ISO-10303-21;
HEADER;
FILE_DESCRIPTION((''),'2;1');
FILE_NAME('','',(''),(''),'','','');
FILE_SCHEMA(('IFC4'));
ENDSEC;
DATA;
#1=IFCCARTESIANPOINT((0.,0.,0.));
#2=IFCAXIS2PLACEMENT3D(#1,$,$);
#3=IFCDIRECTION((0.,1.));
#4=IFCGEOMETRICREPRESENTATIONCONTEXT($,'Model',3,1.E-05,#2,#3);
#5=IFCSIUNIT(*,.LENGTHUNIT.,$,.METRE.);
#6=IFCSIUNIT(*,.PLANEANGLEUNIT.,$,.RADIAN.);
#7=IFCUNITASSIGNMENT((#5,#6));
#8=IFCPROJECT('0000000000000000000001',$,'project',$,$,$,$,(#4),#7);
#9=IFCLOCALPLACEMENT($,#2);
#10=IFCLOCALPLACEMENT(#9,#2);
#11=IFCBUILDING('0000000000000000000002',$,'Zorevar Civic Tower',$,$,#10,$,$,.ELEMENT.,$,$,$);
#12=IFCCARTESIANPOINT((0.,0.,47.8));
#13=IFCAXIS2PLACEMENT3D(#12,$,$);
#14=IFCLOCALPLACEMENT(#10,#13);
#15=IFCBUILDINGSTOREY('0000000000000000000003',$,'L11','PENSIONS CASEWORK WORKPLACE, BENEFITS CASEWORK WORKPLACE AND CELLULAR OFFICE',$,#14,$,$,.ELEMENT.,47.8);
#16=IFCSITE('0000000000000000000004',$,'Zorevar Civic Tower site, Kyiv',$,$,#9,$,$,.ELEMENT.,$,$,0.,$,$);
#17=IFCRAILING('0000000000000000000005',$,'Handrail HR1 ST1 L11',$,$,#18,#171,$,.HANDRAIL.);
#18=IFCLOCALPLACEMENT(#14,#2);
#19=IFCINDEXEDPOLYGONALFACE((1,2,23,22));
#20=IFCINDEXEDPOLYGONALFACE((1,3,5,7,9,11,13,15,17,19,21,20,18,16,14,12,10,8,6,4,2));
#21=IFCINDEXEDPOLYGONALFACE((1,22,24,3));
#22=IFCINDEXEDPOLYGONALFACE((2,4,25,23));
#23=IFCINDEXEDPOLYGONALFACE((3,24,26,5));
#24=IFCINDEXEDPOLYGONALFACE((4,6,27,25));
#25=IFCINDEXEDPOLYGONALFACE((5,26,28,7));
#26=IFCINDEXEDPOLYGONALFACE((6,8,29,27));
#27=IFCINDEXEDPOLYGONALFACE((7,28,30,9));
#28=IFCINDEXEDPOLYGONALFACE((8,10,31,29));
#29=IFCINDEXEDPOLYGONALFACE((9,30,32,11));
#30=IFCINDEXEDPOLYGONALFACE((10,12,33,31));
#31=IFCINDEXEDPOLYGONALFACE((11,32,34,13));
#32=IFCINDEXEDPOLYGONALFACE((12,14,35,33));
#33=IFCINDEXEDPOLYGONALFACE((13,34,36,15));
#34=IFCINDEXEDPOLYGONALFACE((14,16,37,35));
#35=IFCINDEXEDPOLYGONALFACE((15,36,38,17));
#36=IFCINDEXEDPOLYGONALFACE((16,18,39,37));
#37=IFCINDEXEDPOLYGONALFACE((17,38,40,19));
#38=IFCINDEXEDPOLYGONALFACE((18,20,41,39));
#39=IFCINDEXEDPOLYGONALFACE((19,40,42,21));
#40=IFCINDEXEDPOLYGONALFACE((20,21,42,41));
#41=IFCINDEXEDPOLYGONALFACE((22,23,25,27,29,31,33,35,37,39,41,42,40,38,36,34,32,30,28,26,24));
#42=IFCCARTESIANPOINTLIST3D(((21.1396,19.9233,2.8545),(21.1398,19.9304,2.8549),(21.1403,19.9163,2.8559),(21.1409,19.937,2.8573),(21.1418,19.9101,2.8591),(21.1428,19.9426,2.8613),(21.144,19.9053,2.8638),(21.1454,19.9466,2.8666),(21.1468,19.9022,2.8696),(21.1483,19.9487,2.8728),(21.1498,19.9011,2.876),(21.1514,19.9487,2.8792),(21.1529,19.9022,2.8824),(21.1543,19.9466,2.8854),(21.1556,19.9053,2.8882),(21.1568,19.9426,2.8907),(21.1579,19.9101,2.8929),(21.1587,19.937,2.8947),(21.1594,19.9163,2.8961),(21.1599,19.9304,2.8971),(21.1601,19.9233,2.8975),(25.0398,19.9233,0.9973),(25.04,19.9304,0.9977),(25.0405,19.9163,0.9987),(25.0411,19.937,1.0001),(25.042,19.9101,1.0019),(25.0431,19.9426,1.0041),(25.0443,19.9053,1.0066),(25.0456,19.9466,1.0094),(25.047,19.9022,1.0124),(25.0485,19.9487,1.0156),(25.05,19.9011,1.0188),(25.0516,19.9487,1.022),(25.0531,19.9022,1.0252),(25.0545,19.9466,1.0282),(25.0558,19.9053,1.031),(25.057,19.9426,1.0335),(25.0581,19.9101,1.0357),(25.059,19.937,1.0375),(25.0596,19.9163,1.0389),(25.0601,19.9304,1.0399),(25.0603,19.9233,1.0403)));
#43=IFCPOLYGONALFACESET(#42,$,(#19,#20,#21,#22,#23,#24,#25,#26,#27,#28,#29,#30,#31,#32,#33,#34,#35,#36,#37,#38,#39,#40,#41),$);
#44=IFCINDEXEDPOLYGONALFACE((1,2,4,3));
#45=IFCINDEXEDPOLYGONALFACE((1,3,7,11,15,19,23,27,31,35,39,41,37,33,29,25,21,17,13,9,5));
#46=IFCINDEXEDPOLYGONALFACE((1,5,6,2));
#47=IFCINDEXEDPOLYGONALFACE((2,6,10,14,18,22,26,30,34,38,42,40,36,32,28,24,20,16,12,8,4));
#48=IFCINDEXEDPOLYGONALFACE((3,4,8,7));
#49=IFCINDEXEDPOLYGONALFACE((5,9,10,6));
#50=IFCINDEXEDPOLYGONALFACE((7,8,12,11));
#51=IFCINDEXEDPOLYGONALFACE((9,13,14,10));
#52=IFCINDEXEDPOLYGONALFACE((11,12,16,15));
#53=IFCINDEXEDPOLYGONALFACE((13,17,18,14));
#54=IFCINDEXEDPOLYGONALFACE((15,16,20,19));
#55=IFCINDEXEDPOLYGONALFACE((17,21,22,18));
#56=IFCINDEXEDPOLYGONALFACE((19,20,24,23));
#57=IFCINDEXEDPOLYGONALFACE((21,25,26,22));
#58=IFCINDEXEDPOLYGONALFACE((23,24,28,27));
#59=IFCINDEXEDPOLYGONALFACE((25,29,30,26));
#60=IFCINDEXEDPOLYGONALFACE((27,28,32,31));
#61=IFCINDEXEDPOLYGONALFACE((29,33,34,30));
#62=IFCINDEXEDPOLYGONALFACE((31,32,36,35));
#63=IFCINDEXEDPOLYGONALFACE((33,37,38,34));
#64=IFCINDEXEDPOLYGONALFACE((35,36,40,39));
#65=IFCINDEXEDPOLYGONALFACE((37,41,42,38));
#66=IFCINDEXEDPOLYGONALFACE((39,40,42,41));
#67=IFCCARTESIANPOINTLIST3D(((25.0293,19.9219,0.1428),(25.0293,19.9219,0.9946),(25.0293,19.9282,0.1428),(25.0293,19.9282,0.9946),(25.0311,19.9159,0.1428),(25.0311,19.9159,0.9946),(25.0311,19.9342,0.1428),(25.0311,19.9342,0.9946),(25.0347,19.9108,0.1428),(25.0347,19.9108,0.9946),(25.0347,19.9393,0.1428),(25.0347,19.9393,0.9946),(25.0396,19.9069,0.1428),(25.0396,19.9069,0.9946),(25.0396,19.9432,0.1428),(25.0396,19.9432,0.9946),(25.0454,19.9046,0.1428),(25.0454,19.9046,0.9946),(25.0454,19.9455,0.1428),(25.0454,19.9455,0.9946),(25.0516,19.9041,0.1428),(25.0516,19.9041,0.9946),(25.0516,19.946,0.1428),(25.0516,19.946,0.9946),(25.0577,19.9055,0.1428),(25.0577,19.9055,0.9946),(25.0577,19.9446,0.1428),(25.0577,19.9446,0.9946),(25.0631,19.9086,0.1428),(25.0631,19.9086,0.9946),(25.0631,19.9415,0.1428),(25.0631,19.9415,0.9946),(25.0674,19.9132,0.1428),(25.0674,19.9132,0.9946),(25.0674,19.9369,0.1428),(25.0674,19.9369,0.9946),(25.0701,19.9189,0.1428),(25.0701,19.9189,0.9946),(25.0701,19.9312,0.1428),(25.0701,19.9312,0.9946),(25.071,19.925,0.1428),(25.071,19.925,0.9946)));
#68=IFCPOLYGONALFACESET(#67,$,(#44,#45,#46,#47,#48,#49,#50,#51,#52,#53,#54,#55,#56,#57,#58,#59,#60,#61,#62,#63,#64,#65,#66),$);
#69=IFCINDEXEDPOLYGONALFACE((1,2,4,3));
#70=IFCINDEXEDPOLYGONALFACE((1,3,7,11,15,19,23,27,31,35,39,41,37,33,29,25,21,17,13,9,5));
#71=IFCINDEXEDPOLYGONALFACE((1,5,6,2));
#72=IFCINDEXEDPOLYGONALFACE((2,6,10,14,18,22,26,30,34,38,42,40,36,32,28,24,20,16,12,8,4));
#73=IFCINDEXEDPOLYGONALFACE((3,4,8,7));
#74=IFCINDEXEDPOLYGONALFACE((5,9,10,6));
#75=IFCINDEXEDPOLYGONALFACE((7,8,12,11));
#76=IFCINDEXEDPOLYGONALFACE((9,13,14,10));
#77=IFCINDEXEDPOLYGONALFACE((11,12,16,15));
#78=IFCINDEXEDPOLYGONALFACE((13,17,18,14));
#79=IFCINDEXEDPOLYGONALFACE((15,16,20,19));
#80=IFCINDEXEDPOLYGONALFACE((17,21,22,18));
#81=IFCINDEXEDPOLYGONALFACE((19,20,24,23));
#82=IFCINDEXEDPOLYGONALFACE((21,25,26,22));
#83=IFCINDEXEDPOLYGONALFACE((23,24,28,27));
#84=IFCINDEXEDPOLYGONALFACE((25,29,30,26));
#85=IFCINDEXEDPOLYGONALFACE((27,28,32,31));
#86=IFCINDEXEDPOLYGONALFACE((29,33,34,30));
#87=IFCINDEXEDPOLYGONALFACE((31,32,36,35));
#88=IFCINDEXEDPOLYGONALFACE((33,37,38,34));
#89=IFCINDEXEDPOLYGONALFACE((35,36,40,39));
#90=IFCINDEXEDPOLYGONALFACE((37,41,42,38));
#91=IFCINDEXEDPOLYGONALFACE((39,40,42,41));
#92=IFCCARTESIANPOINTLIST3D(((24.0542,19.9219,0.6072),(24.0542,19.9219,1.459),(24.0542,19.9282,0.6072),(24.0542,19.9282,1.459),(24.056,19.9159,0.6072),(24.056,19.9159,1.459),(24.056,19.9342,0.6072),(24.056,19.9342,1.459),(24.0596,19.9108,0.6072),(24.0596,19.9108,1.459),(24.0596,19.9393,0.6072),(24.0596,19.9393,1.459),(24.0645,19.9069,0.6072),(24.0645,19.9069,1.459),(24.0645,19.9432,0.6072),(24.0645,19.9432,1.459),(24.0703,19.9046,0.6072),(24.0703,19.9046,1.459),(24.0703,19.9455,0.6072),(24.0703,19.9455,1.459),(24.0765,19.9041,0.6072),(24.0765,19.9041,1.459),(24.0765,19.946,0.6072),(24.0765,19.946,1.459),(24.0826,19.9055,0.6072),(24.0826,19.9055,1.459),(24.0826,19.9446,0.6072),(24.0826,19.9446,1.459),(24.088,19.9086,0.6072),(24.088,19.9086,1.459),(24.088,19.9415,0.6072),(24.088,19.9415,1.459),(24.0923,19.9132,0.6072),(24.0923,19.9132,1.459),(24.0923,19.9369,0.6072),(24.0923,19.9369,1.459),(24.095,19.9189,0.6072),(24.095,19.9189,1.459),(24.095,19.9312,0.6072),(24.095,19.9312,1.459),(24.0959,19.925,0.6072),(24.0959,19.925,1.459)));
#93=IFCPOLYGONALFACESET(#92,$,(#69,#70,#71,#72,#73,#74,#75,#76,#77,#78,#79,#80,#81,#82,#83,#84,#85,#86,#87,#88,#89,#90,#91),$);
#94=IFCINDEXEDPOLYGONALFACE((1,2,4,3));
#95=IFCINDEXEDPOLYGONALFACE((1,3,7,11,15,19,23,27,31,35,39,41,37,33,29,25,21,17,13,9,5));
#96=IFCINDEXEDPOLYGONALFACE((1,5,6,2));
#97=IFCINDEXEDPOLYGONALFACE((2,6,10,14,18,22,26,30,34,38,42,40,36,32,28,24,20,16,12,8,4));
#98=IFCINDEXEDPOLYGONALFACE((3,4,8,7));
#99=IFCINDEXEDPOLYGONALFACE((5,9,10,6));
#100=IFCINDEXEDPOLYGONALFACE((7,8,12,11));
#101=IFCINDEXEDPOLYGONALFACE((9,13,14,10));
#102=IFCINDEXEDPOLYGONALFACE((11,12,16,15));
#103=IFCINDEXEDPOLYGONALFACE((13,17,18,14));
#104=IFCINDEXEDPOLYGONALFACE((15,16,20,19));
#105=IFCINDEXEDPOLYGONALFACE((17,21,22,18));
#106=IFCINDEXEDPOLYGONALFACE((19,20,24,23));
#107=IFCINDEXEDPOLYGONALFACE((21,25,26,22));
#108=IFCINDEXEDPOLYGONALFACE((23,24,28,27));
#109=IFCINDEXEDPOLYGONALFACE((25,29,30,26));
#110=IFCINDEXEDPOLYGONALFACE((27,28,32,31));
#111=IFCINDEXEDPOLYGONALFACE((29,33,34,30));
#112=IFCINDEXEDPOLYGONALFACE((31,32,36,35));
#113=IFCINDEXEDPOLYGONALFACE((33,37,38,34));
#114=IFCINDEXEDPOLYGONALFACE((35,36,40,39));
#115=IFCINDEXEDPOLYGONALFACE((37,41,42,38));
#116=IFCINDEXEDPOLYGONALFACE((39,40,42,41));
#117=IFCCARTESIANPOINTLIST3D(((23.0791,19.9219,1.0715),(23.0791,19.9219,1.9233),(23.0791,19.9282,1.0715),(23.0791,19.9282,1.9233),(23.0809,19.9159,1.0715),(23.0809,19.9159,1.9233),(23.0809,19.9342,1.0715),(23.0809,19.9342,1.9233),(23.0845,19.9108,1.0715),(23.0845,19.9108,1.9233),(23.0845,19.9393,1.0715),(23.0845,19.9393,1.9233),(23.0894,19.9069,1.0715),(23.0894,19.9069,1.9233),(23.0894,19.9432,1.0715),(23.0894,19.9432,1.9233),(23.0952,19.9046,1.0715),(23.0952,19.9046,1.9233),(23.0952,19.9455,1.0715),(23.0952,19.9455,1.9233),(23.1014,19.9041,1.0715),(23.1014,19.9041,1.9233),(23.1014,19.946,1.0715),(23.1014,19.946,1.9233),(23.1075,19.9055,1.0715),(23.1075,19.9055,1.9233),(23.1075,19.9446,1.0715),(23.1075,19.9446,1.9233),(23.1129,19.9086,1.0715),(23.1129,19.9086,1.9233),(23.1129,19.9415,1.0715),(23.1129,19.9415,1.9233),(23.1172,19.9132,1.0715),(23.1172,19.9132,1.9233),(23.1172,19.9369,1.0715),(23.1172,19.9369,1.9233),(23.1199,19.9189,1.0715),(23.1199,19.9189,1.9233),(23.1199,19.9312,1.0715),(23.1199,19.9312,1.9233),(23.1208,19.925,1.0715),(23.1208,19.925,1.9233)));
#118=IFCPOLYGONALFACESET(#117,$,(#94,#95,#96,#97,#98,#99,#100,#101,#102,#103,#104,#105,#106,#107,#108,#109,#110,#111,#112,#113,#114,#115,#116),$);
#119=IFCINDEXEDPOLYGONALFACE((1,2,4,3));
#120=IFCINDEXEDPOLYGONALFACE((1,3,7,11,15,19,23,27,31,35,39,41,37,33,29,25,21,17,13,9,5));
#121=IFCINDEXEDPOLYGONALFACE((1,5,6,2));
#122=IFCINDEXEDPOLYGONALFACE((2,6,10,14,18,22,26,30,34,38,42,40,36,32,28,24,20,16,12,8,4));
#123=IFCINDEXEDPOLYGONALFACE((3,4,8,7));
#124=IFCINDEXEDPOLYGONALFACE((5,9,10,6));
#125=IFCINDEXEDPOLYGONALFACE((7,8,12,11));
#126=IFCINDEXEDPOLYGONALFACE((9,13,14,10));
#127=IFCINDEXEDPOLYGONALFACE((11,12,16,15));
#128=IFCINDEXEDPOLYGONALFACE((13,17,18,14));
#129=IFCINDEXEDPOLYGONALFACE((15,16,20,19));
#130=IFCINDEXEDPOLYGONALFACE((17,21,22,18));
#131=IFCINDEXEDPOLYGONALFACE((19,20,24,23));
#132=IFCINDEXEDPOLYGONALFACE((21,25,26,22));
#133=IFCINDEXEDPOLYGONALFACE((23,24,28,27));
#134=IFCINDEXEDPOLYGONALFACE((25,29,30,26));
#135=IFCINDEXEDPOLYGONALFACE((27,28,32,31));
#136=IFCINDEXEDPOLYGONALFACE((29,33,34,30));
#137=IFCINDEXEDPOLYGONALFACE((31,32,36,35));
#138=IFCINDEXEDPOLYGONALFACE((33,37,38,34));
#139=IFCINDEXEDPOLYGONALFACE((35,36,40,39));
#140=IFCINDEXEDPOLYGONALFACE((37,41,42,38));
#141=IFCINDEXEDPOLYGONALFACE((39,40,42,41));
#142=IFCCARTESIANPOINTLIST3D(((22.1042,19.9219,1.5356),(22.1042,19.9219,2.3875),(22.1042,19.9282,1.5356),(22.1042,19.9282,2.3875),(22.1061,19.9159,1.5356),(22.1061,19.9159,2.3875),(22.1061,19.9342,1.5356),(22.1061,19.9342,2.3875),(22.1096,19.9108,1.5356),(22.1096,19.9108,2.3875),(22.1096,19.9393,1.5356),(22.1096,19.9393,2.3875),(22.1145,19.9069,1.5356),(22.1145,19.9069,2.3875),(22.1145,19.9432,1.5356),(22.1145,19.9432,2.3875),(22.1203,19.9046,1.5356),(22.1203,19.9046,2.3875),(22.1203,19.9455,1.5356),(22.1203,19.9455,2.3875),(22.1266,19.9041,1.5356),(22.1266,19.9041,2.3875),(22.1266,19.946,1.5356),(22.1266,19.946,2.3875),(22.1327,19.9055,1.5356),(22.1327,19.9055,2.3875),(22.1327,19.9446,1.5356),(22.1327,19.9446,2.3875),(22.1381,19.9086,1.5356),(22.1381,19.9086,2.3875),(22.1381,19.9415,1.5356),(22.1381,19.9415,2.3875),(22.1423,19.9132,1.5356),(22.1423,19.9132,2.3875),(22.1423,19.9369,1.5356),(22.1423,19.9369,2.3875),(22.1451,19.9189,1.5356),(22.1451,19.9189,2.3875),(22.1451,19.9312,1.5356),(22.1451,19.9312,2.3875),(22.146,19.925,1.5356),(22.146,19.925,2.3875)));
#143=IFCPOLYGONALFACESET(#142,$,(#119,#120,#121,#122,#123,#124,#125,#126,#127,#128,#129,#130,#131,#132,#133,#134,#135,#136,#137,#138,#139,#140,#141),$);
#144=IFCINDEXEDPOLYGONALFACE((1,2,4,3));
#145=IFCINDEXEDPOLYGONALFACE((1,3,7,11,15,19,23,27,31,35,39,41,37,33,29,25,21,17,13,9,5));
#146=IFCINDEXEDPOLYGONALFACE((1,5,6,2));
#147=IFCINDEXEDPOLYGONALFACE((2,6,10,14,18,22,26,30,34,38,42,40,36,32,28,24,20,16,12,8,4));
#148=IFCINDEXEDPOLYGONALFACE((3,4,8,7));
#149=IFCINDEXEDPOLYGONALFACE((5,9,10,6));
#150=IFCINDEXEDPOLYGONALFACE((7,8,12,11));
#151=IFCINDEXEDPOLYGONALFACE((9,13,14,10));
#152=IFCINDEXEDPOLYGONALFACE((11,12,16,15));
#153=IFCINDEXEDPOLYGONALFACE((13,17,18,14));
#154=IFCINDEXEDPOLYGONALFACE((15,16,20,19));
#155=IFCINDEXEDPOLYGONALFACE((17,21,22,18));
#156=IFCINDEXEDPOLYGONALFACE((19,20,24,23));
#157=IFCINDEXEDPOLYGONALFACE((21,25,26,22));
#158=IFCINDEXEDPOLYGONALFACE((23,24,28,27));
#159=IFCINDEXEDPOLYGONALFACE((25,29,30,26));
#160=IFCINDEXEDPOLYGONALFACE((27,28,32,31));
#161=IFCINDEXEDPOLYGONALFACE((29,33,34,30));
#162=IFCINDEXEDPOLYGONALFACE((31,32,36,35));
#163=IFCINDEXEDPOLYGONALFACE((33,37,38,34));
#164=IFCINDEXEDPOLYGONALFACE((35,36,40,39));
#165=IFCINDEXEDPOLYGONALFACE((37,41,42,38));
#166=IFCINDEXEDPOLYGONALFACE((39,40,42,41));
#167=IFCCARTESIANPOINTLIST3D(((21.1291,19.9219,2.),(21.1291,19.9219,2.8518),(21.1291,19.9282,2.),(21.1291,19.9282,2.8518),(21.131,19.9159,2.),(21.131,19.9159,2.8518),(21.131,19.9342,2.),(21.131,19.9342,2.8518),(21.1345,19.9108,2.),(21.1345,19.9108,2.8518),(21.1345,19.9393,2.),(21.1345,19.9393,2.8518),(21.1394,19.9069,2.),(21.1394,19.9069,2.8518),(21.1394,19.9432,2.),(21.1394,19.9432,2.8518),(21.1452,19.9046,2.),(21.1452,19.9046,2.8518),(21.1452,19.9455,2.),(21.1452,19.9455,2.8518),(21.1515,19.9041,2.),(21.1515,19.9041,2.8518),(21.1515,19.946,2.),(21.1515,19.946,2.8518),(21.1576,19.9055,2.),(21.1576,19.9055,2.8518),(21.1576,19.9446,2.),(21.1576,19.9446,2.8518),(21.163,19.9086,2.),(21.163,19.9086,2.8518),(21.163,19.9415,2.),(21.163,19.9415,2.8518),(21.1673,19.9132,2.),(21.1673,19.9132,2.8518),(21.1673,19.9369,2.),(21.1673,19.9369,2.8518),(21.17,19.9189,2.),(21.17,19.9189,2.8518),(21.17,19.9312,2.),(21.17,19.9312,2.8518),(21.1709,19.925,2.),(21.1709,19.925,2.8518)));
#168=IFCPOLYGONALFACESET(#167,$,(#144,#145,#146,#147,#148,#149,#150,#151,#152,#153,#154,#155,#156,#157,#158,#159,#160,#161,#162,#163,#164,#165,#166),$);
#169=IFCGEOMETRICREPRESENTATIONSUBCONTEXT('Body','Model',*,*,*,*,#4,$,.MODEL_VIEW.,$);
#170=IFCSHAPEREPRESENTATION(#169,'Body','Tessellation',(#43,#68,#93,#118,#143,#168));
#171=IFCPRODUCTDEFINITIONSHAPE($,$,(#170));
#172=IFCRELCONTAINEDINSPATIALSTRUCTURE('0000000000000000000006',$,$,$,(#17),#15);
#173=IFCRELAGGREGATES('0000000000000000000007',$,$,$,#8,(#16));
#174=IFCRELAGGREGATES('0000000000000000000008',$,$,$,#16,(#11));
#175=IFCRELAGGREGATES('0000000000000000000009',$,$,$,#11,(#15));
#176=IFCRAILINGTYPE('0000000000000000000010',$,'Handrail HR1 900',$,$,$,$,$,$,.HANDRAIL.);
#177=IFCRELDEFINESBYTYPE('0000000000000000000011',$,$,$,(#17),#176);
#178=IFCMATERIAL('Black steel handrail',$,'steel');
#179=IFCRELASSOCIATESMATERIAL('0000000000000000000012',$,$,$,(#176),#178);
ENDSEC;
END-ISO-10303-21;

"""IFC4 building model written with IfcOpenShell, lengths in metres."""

from ifc_helpers import new_model, si_unit, direction, frame, origin, origin_2d, place, context, subcontext, project, spatial, circle, extrude, material, type_object, element, save


model = new_model("IFC4")

# Units and contexts
model_context = context("Model", 3, precision=1e-05, world=origin(), true_north=direction((0.0, 1.0)))
body_context = subcontext(model_context, "Body", "Model", "MODEL_VIEW")
ifc_project = project(units=[si_unit("LENGTHUNIT", "METRE"), si_unit("PLANEANGLEUNIT", "RADIAN")], contexts=[model_context])

# Site, building, storey
site_placement = place(None, origin())
site = spatial("IfcSite", under=ifc_project, at=site_placement, Name="Zorevar Civic Tower site, Kyiv", CompositionType="ELEMENT", RefElevation=0.0)
building_placement = place(site_placement, origin())
building = spatial("IfcBuilding", under=site, at=building_placement, Name="Zorevar Civic Tower", CompositionType="ELEMENT")
storey_placement = place(building_placement, frame((0.0, 0.0, 47.8)))
storey = spatial("IfcBuildingStorey", under=building, at=storey_placement, Name="L11", Description="PENSIONS CASEWORK WORKPLACE, BENEFITS CASEWORK WORKPLACE AND CELLULAR OFFICE", CompositionType="ELEMENT", Elevation=47.8)

# Railing
ifc_material_1 = material(Name="Black steel handrail", Category="steel")
railing_type = type_object("IfcRailingType", Name="Handrail HR1 900", PredefinedType="HANDRAIL", material=ifc_material_1)
railing_1_placement = place(storey_placement, frame((25.05, 19.925, 0.1428)))
element("IfcRailing", 1, at=railing_1_placement, inside=storey, type_object=railing_type, Name="Handrail HR1 ST1 L11", PredefinedType="HANDRAIL", context=body_context, shape_type="SweptSolid", body=[
    extrude(circle(Radius=0.0239, at=origin_2d()), frame((0.0, 0.0, 0.876), z_axis=(-0.902864, 0.0, 0.429927), x_axis=(0.0, -1.0, 0.0)), (0.0, 0.0, 1.0), 4.3198),
    extrude(circle(Radius=0.021, at=origin_2d()), origin(), (0.0, 0.0, 1.0), 0.8518),
    extrude(circle(Radius=0.021, at=origin_2d()), frame((-0.9751, 0.0, 0.4644)), (0.0, 0.0, 1.0), 0.8518),
    extrude(circle(Radius=0.021, at=origin_2d()), frame((-1.9502, 0.0, 0.9287)), (0.0, 0.0, 1.0), 0.8518),
    extrude(circle(Radius=0.021, at=origin_2d()), frame((-2.925, 0.0, 1.3928)), (0.0, 0.0, 1.0), 0.8518),
    extrude(circle(Radius=0.021, at=origin_2d()), frame((-3.9001, 0.0, 1.8572)), (0.0, 0.0, 1.0), 0.8518),
])

save(model, "model.ifc")
